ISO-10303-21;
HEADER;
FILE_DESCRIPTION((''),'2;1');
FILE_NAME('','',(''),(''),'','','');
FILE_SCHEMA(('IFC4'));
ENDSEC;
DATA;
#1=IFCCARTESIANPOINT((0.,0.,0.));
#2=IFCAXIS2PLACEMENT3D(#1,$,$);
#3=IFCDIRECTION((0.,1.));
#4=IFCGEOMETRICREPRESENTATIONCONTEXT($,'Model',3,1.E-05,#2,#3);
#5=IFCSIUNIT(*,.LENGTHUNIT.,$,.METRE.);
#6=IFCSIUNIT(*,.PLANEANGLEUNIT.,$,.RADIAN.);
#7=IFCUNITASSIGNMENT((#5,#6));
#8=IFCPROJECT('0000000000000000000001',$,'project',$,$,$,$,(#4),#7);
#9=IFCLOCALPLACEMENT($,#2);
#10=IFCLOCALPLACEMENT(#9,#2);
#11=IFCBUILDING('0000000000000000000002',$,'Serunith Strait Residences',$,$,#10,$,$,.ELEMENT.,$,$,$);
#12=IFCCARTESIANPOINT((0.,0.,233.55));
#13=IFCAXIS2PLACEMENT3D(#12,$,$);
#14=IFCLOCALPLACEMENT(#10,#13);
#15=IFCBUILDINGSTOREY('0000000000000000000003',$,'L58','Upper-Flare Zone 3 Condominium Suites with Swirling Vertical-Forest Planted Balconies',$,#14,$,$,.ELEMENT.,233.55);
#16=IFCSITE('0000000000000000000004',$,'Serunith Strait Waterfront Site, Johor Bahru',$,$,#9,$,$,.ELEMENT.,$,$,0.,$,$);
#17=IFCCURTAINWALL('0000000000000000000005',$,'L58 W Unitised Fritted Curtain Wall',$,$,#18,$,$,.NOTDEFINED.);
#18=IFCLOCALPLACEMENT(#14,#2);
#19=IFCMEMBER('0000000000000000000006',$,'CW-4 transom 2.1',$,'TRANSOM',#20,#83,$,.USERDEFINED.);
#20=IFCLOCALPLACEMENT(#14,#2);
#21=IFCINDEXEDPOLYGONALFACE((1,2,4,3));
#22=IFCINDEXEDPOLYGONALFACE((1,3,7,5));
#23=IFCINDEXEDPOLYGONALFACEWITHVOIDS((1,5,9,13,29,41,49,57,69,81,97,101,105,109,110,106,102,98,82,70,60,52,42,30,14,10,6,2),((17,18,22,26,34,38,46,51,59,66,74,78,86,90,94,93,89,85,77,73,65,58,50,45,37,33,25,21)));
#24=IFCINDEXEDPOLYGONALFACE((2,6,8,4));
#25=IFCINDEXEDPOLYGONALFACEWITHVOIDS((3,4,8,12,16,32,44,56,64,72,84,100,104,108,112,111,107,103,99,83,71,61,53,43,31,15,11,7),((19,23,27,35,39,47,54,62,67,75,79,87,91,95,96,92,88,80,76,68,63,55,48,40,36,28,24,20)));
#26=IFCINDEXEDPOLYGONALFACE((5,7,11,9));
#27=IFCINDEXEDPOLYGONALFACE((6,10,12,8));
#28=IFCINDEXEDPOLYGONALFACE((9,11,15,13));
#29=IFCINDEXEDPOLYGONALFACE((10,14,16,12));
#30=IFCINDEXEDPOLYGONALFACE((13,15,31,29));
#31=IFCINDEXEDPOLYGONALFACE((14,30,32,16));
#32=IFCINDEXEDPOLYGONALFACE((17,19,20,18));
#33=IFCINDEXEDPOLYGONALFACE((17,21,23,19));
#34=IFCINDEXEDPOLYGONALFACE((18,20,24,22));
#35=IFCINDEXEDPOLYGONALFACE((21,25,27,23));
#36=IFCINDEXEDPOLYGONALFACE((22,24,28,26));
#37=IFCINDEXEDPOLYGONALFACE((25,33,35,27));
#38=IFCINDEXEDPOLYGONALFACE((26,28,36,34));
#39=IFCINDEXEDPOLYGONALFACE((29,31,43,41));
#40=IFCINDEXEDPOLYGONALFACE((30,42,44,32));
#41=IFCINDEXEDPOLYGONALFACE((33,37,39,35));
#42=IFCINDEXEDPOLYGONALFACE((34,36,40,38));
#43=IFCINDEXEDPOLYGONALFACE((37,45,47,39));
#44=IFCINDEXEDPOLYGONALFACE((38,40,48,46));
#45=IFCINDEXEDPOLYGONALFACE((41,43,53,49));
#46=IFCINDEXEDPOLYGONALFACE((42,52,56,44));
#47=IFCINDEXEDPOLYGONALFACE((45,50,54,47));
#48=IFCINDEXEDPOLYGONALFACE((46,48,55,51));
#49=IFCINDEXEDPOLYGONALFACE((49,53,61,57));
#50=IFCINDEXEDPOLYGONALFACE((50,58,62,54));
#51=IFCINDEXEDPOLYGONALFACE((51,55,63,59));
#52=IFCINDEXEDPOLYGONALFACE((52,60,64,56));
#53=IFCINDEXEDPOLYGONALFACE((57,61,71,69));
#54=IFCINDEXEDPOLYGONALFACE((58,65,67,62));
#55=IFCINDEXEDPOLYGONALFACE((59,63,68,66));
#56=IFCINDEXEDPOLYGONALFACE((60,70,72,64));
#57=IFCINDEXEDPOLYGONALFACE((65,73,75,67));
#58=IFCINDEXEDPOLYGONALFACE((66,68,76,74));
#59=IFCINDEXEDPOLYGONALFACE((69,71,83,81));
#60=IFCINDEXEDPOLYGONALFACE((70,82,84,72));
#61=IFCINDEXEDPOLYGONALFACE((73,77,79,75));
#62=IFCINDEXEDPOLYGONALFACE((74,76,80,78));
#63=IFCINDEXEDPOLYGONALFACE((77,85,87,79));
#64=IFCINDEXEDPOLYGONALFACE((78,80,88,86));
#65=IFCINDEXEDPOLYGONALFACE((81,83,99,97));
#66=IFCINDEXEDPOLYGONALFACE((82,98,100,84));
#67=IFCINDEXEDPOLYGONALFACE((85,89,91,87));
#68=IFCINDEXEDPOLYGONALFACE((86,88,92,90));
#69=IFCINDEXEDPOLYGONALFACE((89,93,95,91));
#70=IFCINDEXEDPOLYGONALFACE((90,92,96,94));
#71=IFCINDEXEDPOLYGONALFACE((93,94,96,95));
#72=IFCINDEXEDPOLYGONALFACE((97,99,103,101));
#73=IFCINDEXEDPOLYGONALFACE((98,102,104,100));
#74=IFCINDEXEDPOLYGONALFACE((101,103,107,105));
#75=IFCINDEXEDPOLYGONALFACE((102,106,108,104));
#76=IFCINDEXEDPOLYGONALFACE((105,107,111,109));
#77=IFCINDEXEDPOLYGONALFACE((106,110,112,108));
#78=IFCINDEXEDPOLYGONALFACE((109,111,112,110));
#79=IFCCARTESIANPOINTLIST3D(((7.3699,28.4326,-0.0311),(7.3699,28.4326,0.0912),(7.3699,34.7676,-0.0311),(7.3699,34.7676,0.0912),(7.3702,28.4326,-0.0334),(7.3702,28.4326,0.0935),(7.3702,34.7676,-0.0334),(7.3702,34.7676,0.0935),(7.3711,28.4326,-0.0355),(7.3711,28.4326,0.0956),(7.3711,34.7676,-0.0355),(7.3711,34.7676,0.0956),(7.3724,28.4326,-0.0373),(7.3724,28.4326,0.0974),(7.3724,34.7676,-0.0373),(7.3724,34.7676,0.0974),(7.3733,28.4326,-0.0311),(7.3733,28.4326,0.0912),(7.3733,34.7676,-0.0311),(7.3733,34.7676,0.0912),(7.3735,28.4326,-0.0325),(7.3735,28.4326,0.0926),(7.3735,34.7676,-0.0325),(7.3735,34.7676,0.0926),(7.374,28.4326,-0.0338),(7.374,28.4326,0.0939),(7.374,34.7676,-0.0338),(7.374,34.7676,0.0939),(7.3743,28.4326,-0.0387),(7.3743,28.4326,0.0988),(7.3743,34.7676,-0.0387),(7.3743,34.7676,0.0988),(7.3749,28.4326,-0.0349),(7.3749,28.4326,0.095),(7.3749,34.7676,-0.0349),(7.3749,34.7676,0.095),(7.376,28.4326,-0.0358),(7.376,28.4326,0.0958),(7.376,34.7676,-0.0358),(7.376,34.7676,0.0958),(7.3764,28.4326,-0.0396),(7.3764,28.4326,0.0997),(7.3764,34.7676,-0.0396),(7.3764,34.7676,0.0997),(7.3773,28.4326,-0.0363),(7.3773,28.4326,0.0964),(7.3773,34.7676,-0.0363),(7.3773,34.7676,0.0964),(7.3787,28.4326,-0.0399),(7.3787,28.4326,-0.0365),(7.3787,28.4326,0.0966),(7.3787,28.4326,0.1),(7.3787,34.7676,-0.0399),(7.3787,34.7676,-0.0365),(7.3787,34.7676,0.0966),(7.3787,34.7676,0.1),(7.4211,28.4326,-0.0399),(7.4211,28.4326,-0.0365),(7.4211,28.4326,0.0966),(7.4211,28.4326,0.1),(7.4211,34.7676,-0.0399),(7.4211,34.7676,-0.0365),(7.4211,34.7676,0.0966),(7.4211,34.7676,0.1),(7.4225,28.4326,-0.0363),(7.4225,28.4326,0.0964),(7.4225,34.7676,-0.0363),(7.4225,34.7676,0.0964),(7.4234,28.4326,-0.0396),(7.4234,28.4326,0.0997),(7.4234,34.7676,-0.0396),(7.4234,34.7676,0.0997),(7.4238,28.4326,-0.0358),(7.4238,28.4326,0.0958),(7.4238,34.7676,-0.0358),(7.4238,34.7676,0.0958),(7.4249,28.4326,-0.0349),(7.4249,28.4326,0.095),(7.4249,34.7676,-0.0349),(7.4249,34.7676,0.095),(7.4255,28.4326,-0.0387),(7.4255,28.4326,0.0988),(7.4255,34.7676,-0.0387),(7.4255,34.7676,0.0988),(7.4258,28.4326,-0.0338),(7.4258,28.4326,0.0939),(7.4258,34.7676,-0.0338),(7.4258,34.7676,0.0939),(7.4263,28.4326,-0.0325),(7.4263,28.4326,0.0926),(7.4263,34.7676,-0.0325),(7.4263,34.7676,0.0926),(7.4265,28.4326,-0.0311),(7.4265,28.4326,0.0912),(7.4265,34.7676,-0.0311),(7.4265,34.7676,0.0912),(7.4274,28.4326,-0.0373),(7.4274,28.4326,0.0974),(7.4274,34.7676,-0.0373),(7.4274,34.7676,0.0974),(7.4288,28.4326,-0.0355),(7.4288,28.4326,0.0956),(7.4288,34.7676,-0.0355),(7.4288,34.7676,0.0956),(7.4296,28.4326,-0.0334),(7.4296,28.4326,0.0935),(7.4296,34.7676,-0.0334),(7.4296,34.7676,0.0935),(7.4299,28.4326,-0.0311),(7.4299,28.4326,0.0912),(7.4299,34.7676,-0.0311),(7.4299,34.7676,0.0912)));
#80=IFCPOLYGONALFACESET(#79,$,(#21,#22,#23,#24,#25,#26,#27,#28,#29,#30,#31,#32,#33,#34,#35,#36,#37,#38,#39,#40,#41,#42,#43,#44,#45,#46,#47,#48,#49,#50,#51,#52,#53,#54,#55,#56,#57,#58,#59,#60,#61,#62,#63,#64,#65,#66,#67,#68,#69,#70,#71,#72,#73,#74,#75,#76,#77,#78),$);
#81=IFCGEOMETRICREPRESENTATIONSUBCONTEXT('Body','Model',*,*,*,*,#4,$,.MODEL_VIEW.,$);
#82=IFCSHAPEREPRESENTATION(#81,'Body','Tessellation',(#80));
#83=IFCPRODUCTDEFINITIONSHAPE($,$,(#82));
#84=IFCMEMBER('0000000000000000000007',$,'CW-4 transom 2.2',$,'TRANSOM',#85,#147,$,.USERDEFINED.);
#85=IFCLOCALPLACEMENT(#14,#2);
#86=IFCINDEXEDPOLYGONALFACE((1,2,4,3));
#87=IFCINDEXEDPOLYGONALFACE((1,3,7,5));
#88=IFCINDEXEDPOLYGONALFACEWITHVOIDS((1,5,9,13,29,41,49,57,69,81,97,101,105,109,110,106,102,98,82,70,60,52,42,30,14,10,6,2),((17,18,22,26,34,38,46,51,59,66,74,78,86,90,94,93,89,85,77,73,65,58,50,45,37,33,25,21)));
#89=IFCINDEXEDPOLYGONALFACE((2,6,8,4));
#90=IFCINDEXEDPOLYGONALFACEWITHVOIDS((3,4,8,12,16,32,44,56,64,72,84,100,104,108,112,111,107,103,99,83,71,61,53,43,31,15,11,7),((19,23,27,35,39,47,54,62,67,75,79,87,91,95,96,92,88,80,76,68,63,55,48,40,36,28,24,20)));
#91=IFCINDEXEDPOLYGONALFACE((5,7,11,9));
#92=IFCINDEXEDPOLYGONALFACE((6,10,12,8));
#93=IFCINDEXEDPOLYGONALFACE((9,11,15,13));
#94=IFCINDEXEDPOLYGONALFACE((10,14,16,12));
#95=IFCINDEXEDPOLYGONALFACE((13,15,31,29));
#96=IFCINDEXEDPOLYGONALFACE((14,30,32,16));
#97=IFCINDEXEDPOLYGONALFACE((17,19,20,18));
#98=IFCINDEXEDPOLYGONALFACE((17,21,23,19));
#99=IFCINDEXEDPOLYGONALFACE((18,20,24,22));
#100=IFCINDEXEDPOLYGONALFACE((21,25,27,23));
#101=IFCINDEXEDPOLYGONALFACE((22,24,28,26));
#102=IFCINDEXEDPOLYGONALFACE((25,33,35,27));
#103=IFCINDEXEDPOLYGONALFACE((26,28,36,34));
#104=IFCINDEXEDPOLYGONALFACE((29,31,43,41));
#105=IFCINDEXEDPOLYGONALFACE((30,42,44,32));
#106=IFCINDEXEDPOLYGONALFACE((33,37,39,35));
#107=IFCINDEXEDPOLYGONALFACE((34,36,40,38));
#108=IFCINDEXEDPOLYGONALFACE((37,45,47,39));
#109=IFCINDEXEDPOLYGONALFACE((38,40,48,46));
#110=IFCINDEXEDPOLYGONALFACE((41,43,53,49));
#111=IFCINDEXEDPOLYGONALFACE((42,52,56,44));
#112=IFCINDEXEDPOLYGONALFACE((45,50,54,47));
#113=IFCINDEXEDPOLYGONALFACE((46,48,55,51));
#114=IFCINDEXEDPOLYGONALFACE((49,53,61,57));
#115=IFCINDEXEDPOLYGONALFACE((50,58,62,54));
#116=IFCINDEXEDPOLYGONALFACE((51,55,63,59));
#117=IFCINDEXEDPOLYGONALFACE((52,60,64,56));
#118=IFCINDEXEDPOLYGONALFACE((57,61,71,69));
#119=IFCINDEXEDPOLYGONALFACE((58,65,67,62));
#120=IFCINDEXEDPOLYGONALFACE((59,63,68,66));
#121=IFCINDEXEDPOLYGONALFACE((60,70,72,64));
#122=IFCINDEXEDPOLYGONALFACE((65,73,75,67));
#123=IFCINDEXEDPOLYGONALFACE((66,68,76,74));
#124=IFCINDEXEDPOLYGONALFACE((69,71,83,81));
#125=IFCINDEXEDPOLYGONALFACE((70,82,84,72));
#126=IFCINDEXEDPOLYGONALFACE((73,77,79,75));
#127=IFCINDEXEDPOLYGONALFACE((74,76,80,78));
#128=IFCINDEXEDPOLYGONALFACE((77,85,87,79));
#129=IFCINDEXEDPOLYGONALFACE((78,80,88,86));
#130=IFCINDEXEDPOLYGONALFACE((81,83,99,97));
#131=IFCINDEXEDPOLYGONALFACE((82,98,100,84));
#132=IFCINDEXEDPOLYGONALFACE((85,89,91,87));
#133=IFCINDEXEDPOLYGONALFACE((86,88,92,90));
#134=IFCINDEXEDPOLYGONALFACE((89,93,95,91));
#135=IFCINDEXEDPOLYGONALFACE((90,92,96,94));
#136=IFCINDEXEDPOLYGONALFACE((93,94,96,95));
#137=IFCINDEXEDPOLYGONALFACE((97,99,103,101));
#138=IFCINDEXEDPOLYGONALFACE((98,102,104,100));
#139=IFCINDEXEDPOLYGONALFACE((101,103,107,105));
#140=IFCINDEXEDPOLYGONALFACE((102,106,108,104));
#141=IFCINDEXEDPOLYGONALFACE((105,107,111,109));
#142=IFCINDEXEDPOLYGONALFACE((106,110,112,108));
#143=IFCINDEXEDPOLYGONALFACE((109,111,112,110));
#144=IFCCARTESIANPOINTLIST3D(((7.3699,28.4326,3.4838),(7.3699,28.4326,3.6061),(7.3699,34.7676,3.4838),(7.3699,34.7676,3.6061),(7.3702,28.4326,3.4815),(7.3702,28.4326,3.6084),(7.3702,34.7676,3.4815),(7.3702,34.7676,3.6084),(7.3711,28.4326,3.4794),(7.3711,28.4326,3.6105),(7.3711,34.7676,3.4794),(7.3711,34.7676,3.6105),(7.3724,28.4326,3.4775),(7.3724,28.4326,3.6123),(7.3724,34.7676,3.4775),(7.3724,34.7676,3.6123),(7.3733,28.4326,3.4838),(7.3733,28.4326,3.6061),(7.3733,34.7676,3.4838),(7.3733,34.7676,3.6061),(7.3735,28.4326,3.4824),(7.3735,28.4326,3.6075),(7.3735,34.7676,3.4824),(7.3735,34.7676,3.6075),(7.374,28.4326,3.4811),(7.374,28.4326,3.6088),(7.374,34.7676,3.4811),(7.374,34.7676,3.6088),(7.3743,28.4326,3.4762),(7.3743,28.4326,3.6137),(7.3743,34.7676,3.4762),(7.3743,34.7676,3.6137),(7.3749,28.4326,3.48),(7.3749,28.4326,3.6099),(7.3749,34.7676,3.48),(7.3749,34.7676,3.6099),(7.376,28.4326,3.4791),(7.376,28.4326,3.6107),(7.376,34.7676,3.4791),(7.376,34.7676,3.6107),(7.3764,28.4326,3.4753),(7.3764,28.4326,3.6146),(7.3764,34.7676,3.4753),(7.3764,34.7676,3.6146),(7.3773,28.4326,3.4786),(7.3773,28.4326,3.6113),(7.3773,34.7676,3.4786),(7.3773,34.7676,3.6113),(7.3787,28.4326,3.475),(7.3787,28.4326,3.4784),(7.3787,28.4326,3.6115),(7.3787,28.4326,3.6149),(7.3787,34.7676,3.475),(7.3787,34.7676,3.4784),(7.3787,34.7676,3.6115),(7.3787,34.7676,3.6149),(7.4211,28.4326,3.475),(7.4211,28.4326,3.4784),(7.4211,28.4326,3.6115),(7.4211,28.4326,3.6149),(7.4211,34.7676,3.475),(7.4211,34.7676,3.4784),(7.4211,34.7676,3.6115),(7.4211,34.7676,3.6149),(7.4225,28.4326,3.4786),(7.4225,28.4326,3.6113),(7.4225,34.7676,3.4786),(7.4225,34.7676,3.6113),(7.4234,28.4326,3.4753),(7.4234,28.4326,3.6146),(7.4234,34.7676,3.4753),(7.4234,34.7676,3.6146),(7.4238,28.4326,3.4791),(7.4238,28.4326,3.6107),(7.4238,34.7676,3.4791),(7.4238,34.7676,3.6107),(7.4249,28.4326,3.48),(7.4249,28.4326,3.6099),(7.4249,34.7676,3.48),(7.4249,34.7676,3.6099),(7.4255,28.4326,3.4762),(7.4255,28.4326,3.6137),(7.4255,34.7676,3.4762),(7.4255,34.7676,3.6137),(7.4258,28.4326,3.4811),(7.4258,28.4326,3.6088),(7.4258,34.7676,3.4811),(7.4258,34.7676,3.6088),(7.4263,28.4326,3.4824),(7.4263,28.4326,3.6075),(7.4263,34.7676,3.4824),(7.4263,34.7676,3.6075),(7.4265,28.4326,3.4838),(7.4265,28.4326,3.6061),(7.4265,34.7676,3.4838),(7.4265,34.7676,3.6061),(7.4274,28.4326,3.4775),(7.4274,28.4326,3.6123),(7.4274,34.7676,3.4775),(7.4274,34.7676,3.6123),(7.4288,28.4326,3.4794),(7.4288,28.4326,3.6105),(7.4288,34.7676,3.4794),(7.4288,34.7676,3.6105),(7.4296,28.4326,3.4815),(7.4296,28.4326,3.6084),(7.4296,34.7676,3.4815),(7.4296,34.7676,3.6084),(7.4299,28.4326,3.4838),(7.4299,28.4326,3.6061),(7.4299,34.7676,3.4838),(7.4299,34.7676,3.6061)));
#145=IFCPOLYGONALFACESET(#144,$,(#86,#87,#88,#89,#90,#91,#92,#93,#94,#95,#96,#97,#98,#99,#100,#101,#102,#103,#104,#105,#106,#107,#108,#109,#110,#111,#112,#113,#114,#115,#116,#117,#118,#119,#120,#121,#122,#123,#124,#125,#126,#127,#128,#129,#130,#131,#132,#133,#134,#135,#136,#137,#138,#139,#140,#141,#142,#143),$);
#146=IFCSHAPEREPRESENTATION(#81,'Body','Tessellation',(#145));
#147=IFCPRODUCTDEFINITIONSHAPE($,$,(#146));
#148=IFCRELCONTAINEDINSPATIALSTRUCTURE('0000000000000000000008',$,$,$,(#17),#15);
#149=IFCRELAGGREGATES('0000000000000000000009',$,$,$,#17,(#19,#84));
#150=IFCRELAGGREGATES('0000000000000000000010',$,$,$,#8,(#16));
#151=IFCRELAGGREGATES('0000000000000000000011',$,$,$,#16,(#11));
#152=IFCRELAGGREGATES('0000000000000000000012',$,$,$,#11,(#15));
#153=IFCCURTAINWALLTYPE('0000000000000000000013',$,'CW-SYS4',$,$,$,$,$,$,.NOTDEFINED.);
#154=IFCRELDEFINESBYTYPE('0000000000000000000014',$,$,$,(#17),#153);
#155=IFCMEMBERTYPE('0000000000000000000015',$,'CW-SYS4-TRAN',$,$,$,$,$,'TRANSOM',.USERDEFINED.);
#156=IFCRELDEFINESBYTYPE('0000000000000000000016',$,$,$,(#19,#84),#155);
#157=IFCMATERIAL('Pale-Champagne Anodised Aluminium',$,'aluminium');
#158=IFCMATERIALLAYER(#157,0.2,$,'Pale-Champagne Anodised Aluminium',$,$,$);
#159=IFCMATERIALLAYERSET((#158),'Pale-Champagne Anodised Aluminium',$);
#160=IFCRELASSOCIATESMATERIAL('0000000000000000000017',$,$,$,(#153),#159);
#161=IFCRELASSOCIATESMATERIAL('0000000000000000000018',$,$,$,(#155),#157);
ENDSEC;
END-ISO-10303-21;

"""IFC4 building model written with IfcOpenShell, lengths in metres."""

from ifc_helpers import new_model, si_unit, direction, frame, origin, origin_2d, place, context, subcontext, project, spatial, hollow_rectangle, extrude, source, transform, mapped, material, layer, layer_set, material_profile, profile_set, type_object, element, aggregate, save


model = new_model("IFC4")

# Units and contexts
model_context = context("Model", 3, precision=1e-05, world=origin(), true_north=direction((0.0, 1.0)))
body_context = subcontext(model_context, "Body", "Model", "MODEL_VIEW")
ifc_project = project(units=[si_unit("LENGTHUNIT", "METRE"), si_unit("PLANEANGLEUNIT", "RADIAN")], contexts=[model_context])

# Site, building, storey
site_placement = place(None, origin())
site = spatial("IfcSite", under=ifc_project, at=site_placement, Name="Serunith Strait Waterfront Site, Johor Bahru", CompositionType="ELEMENT", RefElevation=0.0)
building_placement = place(site_placement, origin())
building = spatial("IfcBuilding", under=site, at=building_placement, Name="Serunith Strait Residences", CompositionType="ELEMENT")
storey_placement = place(building_placement, frame((0.0, 0.0, 233.55)))
storey = spatial("IfcBuildingStorey", under=building, at=storey_placement, Name="L58", Description="Upper-Flare Zone 3 Condominium Suites with Swirling Vertical-Forest Planted Balconies", CompositionType="ELEMENT", Elevation=233.55)

# Curtain wall, members
ifc_material_1 = material(Name="Pale-Champagne Anodised Aluminium", Category="aluminium")
ifc_layer_1 = layer(ifc_material_1, 0.2, Name="Pale-Champagne Anodised Aluminium")
ifc_layer_set_1 = layer_set([ifc_layer_1], Name="Pale-Champagne Anodised Aluminium")
curtain_wall_type = type_object("IfcCurtainWallType", Name="CW-SYS4", PredefinedType="NOTDEFINED", material=ifc_layer_set_1)
curtain_wall_placement = place(storey_placement, origin())
curtain_wall = element("IfcCurtainWall", 1, at=curtain_wall_placement, inside=storey, type_object=curtain_wall_type, Name="L58 W Unitised Fritted Curtain Wall", PredefinedType="NOTDEFINED")
ifc_material_profile_1 = material_profile(ifc_material_1, hollow_rectangle(XDim=0.0601, YDim=0.1399, WallThickness=0.0034, InnerFilletRadius=0.0054, OuterFilletRadius=0.0088, at=origin_2d()), Name="ALU 140x60x3.5")
ifc_profile_set_1 = profile_set([ifc_material_profile_1], Name="Pale-Champagne Anodised Aluminium")
member_type_1 = type_object("IfcMemberType", Name="CW-SYS4-TRAN", ElementType="TRANSOM", PredefinedType="USERDEFINED", material=ifc_profile_set_1)
shared_shape_1 = source(origin(), body_context, "Body", "SweptSolid", [
    extrude(hollow_rectangle(XDim=0.0601, YDim=0.1399, WallThickness=0.0034, InnerFilletRadius=0.0054, OuterFilletRadius=0.0088, at=origin_2d()), origin(), (0.0, 0.0, 1.0), 6.335),
])
member_1_placement = place(storey_placement, frame((7.3999, 34.7676, 0.03), z_axis=(0.0, -1.0, 0.0), x_axis=(1.0, 0.0, 0.0)))
member_1 = element("IfcMember", 2, at=member_1_placement, type_object=member_type_1, Name="CW-4 transom 2.1", ObjectType="TRANSOM", PredefinedType="USERDEFINED", context=body_context, shape_type="MappedRepresentation", body=[
    mapped(shared_shape_1, transform((0.0, 0.0, 0.0), scale=1.0)),
])
member_2_placement = place(storey_placement, frame((7.3999, 34.7676, 3.5449), z_axis=(0.0, -1.0, 0.0), x_axis=(1.0, 0.0, 0.0)))
member_2 = element("IfcMember", 3, at=member_2_placement, type_object=member_type_1, Name="CW-4 transom 2.2", ObjectType="TRANSOM", PredefinedType="USERDEFINED", context=body_context, shape_type="MappedRepresentation", body=[
    mapped(shared_shape_1, transform((0.0, 0.0, 0.0), scale=1.0)),
])
aggregate(curtain_wall, [member_1, member_2])

save(model, "model.ifc")
